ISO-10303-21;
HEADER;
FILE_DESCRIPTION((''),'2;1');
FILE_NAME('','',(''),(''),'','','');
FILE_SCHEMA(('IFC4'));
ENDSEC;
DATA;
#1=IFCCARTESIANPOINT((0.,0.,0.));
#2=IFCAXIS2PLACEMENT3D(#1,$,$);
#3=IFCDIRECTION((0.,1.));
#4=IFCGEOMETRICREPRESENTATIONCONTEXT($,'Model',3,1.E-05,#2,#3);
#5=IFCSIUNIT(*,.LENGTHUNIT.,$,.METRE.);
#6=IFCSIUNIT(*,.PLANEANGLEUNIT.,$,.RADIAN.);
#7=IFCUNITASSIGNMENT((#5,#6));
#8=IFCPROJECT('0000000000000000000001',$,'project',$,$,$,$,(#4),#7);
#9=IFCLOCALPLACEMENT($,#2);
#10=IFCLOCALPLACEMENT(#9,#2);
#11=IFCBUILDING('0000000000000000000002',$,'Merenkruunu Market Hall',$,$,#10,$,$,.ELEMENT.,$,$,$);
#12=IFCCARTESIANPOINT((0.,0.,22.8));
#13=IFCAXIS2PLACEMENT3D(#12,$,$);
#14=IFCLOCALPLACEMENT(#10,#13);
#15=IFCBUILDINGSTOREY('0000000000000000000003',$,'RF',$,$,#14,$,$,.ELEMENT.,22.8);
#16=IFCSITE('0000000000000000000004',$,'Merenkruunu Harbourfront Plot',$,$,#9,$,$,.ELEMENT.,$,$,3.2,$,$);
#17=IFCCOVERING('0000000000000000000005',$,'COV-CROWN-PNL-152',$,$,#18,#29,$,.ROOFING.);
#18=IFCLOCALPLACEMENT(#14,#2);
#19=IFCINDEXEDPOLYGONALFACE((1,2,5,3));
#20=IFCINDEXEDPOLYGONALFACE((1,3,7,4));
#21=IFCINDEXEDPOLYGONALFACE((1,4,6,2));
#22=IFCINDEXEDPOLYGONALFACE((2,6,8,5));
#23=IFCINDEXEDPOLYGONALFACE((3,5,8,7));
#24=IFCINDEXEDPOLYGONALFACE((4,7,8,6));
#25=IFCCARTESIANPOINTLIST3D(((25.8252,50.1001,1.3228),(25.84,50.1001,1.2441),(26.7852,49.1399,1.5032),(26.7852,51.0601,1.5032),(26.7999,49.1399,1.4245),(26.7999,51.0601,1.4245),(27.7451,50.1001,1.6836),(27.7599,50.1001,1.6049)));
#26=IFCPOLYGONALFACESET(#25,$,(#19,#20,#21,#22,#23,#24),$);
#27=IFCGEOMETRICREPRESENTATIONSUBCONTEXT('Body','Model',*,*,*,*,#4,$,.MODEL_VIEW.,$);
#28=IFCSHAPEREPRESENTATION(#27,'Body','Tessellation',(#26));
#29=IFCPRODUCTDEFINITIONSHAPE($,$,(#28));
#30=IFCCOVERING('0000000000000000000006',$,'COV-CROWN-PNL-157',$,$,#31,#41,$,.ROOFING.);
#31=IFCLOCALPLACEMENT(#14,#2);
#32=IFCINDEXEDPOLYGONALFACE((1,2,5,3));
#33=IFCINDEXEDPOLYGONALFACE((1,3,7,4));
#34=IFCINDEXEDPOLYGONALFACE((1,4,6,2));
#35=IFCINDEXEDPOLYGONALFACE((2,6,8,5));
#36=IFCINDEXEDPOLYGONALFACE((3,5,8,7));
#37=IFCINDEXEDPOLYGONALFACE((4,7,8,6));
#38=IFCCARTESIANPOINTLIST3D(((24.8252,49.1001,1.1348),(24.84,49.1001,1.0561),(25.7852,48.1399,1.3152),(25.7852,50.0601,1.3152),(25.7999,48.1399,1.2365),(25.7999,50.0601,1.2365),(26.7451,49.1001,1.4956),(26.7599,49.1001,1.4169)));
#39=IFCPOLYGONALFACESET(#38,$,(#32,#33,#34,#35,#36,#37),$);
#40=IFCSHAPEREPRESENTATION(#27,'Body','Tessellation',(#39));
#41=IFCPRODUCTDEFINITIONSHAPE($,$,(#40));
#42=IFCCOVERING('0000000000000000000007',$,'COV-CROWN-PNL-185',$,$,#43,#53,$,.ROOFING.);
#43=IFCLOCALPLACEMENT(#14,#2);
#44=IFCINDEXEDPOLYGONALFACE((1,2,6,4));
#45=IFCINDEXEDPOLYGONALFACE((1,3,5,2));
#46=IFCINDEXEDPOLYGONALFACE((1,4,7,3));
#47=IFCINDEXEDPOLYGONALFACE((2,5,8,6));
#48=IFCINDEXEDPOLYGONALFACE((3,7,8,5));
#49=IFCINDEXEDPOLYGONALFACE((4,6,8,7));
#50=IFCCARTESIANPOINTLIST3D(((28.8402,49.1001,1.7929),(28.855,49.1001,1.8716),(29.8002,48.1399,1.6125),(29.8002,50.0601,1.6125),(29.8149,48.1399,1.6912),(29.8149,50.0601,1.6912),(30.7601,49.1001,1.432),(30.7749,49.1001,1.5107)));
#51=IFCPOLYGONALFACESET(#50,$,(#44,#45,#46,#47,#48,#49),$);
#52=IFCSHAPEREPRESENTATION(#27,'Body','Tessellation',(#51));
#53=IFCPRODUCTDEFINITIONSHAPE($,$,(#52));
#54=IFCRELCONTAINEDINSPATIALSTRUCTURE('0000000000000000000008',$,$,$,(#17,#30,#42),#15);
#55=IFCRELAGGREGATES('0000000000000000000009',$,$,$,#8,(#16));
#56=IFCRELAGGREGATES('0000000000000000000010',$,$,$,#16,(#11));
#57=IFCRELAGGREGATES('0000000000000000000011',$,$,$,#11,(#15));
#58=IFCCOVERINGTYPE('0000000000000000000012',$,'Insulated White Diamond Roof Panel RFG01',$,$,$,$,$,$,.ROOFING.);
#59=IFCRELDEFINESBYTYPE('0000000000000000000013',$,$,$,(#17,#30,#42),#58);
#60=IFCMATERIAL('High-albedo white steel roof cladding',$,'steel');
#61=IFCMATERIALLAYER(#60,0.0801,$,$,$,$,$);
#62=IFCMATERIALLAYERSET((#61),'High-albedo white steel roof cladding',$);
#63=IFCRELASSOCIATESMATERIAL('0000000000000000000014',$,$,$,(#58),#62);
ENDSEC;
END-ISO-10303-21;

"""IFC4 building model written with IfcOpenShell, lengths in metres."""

from ifc_helpers import new_model, si_unit, direction, frame, origin, place, context, subcontext, project, spatial, polyline, outline, extrude, material, layer, layer_set, type_object, element, save


model = new_model("IFC4")

# Units and contexts
model_context = context("Model", 3, precision=1e-05, world=origin(), true_north=direction((0.0, 1.0)))
body_context = subcontext(model_context, "Body", "Model", "MODEL_VIEW")
ifc_project = project(units=[si_unit("LENGTHUNIT", "METRE"), si_unit("PLANEANGLEUNIT", "RADIAN")], contexts=[model_context])

# Site, building, storey
site_placement = place(None, origin())
site = spatial("IfcSite", under=ifc_project, at=site_placement, Name="Merenkruunu Harbourfront Plot", CompositionType="ELEMENT", RefElevation=3.2)
building_placement = place(site_placement, origin())
building = spatial("IfcBuilding", under=site, at=building_placement, Name="Merenkruunu Market Hall", CompositionType="ELEMENT")
storey_placement = place(building_placement, frame((0.0, 0.0, 22.8)))
storey = spatial("IfcBuildingStorey", under=building, at=storey_placement, Name="RF", CompositionType="ELEMENT", Elevation=22.8)

# Coverings
ifc_material_1 = material(Name="High-albedo white steel roof cladding", Category="steel")
ifc_layer_1 = layer(ifc_material_1, 0.0801)
ifc_layer_set_1 = layer_set([ifc_layer_1], Name="High-albedo white steel roof cladding")
covering_type = type_object("IfcCoveringType", Name="Insulated White Diamond Roof Panel RFG01", PredefinedType="ROOFING", material=ifc_layer_set_1)
for number, where, z_axis, x_axis, name in (
    (1, (25.8252, 50.1001, 1.3228), (-0.184711, 0.0, 0.982793), (0.700856, -0.701035, 0.131722), "COV-CROWN-PNL-152"),
    (2, (24.8252, 49.1001, 1.1348), (-0.184711, 0.0, 0.982793), (0.700856, -0.701035, 0.131722), "COV-CROWN-PNL-157"),
    (3, (28.855, 49.1001, 1.8716), (0.184711, 0.0, 0.982793), (0.700856, -0.701035, -0.131722), "COV-CROWN-PNL-185"),
):
    element("IfcCovering", number, at=place(storey_placement, frame(where, z_axis=z_axis, x_axis=x_axis)), inside=storey, type_object=covering_type, Name=name, PredefinedType="ROOFING", context=body_context, shape_type="SweptSolid", body=[
        extrude(outline(polyline([(0.0, 0.0), (1.3697, 0.0), (1.3931, 1.3695), (0.0236, 1.3693), (0.0, 0.0)])), origin(), (0.0, 0.0, -1.0), 0.0801),
    ])

save(model, "model.ifc")
